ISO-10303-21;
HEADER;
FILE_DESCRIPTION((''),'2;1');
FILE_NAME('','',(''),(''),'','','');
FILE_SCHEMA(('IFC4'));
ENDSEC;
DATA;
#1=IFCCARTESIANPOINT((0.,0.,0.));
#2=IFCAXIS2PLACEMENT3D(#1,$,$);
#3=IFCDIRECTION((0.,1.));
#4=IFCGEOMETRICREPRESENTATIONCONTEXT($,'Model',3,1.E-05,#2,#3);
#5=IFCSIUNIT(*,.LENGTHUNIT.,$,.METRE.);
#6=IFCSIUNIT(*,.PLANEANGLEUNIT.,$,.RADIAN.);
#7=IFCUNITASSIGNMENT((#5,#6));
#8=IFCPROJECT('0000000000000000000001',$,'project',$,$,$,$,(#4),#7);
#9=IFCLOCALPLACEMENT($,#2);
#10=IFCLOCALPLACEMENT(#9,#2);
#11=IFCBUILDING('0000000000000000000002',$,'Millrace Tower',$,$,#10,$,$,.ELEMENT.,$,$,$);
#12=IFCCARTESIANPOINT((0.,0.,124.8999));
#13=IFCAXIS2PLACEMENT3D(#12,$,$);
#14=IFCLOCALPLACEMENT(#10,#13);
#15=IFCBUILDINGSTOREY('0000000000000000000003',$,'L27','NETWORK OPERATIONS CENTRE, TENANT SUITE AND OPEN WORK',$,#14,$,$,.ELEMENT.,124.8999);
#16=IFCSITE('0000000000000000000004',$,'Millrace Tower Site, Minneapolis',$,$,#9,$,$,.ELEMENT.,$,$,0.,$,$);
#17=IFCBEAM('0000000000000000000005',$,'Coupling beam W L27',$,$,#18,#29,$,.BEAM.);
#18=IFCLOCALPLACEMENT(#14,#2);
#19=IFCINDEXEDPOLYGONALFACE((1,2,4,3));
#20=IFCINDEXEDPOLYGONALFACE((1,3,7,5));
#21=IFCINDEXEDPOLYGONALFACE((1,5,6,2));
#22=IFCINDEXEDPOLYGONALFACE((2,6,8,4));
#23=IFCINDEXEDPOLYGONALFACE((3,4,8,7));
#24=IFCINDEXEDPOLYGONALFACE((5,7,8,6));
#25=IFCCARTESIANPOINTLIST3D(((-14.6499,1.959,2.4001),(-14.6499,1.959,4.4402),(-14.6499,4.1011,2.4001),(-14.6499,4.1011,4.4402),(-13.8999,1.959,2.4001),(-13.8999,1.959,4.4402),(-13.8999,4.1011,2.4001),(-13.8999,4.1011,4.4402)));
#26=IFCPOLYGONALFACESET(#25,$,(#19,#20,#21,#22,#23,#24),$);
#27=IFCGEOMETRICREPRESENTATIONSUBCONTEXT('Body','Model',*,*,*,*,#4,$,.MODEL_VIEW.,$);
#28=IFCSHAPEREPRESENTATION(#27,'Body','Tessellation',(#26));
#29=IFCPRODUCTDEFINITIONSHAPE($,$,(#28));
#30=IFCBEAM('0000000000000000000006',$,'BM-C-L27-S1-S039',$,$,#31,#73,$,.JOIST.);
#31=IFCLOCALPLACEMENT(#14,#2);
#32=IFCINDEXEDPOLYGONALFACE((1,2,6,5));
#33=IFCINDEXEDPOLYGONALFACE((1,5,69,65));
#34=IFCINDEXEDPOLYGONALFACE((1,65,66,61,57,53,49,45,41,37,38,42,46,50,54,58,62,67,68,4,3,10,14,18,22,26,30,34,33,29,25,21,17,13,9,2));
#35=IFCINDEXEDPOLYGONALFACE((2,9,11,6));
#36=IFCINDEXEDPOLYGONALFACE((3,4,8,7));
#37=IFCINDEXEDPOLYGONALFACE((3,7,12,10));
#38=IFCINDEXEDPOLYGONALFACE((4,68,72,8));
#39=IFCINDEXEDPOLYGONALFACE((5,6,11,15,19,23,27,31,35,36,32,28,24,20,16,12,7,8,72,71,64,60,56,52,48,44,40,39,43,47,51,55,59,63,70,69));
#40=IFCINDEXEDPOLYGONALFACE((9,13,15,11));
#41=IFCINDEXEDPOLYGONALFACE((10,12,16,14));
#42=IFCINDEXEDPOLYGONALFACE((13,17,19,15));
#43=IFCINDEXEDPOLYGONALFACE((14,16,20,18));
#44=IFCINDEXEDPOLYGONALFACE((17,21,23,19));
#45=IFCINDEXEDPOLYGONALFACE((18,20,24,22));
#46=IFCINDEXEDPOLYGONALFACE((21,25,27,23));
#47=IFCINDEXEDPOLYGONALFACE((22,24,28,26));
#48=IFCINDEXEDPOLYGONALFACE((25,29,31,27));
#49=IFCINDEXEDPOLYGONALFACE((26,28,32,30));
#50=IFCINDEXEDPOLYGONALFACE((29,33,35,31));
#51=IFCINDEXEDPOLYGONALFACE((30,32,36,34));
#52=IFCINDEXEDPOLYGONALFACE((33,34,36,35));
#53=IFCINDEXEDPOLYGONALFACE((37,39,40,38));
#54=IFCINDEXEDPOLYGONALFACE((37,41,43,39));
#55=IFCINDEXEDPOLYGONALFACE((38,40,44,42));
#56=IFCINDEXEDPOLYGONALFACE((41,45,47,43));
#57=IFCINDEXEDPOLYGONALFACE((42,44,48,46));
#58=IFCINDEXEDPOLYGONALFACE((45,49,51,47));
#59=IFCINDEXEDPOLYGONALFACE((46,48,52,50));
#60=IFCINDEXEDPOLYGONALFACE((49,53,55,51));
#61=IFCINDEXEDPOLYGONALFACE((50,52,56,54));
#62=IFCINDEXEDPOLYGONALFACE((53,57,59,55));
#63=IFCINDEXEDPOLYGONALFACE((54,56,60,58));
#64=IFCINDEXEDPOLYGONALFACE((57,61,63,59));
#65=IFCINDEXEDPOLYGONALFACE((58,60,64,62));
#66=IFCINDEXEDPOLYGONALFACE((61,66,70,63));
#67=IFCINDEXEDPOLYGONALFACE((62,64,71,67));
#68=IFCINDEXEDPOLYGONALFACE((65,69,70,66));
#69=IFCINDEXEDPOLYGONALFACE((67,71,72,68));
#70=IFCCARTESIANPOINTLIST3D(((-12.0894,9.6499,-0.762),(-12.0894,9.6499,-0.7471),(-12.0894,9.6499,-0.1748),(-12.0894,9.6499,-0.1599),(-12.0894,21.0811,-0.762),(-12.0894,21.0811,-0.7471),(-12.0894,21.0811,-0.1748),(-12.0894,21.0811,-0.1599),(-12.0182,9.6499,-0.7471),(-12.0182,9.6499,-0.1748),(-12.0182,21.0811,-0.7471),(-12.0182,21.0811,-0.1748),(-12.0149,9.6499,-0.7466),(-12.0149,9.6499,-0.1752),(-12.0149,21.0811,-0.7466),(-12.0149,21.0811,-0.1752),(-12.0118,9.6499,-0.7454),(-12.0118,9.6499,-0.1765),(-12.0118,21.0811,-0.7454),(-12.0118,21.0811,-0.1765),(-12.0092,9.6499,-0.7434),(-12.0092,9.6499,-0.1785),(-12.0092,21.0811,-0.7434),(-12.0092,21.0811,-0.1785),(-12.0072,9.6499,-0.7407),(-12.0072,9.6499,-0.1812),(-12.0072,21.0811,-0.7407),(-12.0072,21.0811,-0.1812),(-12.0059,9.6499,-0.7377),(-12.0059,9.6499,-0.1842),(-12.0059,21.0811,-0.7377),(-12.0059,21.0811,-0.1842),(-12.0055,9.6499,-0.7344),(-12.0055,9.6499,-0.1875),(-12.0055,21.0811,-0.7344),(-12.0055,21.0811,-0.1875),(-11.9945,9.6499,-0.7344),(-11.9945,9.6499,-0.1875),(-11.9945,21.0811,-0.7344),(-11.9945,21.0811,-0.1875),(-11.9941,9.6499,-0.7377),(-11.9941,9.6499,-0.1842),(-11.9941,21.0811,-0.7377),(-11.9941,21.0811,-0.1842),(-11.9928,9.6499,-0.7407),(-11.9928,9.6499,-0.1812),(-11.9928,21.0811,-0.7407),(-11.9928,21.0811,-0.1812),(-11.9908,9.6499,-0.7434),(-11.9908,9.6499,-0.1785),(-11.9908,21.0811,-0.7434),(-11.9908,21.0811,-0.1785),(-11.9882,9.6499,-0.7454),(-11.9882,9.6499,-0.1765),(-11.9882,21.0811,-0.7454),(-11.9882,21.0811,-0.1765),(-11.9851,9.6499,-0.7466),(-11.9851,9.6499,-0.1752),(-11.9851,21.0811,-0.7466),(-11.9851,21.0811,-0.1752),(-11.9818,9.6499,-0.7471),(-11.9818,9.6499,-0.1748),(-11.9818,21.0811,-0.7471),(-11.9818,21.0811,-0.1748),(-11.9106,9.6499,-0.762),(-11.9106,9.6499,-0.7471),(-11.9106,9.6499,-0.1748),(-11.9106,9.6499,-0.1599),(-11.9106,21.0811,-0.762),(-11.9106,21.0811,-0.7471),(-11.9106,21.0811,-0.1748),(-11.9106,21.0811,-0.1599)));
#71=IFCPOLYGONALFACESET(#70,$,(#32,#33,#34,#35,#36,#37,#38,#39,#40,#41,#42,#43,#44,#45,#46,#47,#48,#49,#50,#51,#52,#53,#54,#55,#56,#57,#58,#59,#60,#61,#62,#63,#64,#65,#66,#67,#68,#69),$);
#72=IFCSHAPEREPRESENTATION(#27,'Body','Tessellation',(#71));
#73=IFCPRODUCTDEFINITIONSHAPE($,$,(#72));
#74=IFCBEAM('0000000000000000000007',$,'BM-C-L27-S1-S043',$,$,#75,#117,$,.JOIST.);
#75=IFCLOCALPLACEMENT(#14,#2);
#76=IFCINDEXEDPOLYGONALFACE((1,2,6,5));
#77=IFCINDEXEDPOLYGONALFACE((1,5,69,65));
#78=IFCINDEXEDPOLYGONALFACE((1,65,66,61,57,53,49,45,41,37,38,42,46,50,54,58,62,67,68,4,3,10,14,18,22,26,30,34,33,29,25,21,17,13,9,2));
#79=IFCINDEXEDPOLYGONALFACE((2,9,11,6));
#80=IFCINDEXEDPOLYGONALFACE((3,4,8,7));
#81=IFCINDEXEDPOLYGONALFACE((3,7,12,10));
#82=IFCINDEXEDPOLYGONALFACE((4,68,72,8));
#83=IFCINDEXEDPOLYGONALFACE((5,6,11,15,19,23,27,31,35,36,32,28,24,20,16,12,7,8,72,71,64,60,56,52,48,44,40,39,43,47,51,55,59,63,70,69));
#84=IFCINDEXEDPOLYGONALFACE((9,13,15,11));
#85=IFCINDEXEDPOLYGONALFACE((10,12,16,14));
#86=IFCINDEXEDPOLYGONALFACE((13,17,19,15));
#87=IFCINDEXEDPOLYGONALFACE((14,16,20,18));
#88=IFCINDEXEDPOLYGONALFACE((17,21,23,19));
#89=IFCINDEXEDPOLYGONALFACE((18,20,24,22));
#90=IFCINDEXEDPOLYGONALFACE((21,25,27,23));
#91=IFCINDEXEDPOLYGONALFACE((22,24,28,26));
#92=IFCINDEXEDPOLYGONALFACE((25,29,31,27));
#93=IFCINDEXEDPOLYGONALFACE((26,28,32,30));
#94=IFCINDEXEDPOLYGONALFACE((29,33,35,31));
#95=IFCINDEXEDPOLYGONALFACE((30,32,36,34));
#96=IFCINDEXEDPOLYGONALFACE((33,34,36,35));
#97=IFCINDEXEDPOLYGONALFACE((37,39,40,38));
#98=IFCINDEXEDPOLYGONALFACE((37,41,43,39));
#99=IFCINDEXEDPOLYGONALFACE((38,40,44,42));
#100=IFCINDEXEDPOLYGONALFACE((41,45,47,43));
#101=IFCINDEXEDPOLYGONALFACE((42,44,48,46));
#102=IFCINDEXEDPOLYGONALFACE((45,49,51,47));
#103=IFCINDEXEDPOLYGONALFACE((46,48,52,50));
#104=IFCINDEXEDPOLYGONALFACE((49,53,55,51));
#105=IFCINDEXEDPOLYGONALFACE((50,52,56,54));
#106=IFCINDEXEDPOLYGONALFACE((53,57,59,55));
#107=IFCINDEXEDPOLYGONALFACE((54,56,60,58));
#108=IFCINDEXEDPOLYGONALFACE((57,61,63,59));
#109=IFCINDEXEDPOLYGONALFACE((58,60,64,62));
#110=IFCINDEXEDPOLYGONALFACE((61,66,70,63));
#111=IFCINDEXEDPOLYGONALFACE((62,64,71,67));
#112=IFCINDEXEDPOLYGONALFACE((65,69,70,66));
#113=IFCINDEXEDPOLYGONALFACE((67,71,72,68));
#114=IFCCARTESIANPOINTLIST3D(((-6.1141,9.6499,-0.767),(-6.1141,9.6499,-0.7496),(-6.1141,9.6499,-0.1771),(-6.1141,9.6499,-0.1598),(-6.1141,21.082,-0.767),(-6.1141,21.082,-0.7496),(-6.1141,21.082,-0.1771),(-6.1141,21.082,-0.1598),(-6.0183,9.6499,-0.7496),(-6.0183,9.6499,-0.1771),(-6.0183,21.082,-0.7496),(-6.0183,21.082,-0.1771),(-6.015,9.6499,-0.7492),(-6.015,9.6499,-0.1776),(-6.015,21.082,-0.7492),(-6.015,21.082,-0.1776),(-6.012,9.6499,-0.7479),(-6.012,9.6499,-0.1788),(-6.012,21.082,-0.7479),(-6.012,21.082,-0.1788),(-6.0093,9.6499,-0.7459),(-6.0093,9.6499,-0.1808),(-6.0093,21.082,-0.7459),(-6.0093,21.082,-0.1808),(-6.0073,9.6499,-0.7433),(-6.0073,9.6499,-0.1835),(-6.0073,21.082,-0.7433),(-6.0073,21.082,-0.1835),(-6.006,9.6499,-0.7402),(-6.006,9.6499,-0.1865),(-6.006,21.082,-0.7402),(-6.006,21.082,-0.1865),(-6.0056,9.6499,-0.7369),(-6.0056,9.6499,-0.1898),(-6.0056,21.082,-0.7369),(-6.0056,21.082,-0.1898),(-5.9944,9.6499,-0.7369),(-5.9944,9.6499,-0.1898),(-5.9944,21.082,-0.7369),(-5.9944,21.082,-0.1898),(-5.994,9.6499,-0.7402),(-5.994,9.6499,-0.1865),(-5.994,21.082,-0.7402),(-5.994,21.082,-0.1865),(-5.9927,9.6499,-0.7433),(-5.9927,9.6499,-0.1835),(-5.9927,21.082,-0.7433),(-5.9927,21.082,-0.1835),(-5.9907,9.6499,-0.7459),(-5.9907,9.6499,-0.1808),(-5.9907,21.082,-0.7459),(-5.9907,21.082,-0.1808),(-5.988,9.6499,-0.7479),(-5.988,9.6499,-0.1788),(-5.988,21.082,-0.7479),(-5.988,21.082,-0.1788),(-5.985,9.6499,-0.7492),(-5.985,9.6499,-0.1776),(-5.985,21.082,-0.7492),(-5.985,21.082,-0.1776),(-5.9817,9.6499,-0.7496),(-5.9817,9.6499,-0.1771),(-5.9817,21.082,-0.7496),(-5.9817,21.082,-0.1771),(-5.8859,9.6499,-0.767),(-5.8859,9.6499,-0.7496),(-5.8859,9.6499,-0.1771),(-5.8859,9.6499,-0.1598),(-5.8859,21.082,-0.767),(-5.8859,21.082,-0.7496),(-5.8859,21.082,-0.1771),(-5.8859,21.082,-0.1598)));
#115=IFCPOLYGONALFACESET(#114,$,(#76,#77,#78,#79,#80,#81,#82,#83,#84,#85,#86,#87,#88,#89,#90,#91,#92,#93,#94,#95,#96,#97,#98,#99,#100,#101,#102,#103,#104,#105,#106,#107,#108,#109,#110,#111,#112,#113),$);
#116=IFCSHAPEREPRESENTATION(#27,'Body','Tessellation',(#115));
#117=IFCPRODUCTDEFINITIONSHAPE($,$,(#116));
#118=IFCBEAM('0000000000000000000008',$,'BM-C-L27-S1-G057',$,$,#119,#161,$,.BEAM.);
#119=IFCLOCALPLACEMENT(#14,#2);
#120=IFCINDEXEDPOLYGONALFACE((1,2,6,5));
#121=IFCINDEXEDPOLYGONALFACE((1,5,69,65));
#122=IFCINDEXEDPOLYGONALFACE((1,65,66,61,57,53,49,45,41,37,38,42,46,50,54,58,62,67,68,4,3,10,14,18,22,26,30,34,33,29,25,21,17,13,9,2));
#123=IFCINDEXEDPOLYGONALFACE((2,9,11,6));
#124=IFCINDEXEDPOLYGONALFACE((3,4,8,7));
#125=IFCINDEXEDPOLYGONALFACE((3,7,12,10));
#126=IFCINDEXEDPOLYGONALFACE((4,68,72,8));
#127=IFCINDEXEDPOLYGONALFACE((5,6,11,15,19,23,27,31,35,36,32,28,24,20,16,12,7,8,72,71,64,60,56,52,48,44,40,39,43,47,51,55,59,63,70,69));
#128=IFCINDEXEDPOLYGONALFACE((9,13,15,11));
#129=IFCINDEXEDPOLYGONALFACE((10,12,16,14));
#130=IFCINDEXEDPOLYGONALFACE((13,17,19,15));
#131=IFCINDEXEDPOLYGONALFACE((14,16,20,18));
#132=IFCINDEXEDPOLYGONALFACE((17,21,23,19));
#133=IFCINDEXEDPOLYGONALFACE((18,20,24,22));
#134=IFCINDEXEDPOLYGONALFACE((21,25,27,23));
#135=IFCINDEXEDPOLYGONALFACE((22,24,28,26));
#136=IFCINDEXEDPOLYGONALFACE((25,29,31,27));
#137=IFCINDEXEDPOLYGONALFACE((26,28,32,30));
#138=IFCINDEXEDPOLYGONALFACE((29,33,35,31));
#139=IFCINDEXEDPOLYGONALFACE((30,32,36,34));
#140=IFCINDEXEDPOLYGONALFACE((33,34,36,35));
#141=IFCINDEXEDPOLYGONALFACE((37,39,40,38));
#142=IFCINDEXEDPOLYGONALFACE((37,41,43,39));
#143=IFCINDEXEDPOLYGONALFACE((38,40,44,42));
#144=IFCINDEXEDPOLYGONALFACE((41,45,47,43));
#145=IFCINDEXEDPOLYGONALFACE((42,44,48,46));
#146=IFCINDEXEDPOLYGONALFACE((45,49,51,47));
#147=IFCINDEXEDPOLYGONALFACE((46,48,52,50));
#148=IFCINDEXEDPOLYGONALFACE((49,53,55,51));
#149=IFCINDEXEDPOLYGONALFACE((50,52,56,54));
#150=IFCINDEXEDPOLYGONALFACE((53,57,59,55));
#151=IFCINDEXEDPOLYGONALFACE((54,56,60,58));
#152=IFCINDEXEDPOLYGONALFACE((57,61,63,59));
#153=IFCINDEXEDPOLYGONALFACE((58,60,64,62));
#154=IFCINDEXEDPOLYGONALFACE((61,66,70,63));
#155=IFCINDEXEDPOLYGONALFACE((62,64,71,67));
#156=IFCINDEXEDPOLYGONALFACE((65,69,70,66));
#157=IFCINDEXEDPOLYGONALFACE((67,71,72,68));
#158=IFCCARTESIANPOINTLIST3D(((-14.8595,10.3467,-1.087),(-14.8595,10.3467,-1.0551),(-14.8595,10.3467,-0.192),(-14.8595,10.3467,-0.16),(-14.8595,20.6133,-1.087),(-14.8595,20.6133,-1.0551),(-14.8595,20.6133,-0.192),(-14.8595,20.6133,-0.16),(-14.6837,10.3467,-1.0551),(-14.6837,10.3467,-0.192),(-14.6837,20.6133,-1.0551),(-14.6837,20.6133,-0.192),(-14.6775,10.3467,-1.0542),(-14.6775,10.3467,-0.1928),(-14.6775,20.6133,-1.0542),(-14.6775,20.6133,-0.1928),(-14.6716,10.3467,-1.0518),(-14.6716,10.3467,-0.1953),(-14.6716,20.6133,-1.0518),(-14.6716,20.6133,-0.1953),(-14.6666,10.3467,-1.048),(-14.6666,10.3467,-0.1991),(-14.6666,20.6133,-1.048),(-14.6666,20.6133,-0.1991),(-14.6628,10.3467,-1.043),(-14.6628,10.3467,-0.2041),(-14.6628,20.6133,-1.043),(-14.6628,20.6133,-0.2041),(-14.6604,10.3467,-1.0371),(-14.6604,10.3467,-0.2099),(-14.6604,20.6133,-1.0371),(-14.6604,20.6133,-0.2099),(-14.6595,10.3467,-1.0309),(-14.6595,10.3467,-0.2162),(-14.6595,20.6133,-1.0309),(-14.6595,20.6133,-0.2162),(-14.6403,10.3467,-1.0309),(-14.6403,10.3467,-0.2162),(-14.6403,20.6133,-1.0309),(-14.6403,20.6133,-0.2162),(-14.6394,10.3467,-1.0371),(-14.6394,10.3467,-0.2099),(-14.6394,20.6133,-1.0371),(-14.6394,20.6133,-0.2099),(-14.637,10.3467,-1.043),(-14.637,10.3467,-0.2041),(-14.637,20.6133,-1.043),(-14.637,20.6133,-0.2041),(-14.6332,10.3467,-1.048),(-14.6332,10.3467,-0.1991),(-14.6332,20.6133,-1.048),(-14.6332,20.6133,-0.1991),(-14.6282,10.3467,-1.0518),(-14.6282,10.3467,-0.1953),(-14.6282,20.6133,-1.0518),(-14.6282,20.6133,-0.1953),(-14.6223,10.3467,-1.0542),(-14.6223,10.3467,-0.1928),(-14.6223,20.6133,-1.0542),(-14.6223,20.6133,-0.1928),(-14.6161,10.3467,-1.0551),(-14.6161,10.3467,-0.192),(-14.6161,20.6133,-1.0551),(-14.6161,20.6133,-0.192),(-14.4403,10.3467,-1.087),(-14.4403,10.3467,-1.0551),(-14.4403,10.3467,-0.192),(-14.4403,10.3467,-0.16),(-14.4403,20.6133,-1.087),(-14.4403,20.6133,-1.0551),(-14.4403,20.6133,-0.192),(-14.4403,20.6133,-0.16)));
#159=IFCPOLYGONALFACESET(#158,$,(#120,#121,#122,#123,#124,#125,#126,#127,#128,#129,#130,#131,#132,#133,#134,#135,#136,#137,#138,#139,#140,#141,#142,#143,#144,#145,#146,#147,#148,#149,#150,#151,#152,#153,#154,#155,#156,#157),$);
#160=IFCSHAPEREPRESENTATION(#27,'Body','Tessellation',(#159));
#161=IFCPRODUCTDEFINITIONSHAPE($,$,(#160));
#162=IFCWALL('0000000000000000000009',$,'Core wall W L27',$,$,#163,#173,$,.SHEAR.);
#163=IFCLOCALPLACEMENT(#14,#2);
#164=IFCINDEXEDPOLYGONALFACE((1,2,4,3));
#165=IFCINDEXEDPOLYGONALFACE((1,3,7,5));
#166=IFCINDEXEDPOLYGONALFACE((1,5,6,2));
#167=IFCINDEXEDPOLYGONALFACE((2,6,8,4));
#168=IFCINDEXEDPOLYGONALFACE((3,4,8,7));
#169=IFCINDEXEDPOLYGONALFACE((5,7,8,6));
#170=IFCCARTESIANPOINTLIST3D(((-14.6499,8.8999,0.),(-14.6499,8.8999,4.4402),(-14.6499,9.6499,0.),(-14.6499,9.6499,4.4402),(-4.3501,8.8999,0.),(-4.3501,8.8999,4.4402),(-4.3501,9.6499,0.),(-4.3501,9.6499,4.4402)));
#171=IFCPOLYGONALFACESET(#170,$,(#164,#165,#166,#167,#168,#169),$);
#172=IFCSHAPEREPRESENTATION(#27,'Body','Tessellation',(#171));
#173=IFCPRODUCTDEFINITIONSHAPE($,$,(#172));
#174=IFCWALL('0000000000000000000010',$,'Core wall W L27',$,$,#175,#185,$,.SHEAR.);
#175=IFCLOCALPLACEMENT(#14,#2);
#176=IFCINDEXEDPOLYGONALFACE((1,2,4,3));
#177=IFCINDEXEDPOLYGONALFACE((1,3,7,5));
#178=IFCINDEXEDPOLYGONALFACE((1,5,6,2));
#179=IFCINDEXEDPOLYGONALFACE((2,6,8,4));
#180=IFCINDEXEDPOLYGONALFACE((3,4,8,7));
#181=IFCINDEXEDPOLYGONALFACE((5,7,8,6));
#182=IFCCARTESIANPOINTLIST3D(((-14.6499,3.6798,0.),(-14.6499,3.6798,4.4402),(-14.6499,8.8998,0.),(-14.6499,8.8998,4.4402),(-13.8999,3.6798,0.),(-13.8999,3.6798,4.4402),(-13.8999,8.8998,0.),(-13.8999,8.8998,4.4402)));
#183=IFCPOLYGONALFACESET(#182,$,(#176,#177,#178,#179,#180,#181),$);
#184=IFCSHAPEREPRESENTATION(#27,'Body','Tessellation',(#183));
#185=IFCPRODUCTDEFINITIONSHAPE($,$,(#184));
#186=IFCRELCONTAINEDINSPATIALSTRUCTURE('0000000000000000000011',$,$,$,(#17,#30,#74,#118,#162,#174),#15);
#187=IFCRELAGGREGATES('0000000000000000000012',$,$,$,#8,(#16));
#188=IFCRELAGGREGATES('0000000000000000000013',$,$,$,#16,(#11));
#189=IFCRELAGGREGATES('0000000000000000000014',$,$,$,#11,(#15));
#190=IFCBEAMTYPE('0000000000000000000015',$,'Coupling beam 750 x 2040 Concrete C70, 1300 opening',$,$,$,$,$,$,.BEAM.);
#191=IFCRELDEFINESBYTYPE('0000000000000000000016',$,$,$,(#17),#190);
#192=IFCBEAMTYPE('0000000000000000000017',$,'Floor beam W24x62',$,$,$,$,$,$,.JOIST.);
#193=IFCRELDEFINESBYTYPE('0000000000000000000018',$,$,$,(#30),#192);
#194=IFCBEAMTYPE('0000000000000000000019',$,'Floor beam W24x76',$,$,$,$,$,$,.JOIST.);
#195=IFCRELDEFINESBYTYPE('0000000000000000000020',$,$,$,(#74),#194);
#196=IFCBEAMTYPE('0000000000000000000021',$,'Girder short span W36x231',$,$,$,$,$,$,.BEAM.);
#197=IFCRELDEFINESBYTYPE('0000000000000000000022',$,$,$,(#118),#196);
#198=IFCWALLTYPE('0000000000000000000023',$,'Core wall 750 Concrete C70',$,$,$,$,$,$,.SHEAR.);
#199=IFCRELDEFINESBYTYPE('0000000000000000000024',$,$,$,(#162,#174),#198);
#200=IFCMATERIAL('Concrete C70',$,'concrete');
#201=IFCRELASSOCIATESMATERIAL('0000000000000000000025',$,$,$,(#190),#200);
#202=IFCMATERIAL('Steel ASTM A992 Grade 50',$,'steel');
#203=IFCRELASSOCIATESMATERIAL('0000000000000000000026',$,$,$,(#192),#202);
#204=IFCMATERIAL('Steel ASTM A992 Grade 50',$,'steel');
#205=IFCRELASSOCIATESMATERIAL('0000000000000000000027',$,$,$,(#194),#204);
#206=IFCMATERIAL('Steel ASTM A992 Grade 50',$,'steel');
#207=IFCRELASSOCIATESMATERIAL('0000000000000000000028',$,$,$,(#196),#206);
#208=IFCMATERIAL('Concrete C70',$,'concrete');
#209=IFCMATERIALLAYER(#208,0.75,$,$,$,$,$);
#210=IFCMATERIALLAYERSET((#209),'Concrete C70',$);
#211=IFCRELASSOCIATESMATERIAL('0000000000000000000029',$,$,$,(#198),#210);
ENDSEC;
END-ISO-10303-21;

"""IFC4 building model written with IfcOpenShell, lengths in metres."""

from ifc_helpers import new_model, si_unit, direction, frame, frame_2d, origin, origin_2d, place, context, subcontext, project, spatial, rectangle, i_section, extrude, material, layer, layer_set, material_profile, profile_set, type_object, element, save


model = new_model("IFC4")

# Units and contexts
model_context = context("Model", 3, precision=1e-05, world=origin(), true_north=direction((0.0, 1.0)))
body_context = subcontext(model_context, "Body", "Model", "MODEL_VIEW")
ifc_project = project(units=[si_unit("LENGTHUNIT", "METRE"), si_unit("PLANEANGLEUNIT", "RADIAN")], contexts=[model_context])

# Site, building, storey
site_placement = place(None, origin())
site = spatial("IfcSite", under=ifc_project, at=site_placement, Name="Millrace Tower Site, Minneapolis", CompositionType="ELEMENT", RefElevation=0.0)
building_placement = place(site_placement, origin())
building = spatial("IfcBuilding", under=site, at=building_placement, Name="Millrace Tower", CompositionType="ELEMENT")
storey_placement = place(building_placement, frame((0.0, 0.0, 124.8999)))
storey = spatial("IfcBuildingStorey", under=building, at=storey_placement, Name="L27", Description="NETWORK OPERATIONS CENTRE, TENANT SUITE AND OPEN WORK", CompositionType="ELEMENT", Elevation=124.8999)

# Beams
ifc_material_1 = material(Name="Concrete C70", Category="concrete")
ifc_material_profile_1 = material_profile(ifc_material_1, rectangle(XDim=0.75, YDim=2.04, at=origin_2d()))
ifc_profile_set_1 = profile_set([ifc_material_profile_1], Name="Concrete C70")
beam_type_1 = type_object("IfcBeamType", Name="Coupling beam 750 x 2040 Concrete C70, 1300 opening", PredefinedType="BEAM", material=ifc_profile_set_1)
beam_1_placement = place(storey_placement, frame((-14.2749, 1.959, 3.4202), z_axis=(0.0, 1.0, 0.0), x_axis=(-1.0, 0.0, 0.0)))
element("IfcBeam", 1, at=beam_1_placement, inside=storey, type_object=beam_type_1, Name="Coupling beam W L27", PredefinedType="BEAM", context=body_context, shape_type="SweptSolid", body=[
    extrude(rectangle(XDim=0.75, YDim=2.04, at=origin_2d()), origin(), (0.0, 0.0, 1.0), 2.1421),
])
ifc_material_2 = material(Name="Steel ASTM A992 Grade 50", Category="steel")
ifc_material_profile_2 = material_profile(ifc_material_2, i_section(OverallWidth=0.1787, OverallDepth=0.6021, WebThickness=0.011, FlangeThickness=0.0149, FilletRadius=0.0127, at=origin_2d()))
ifc_profile_set_2 = profile_set([ifc_material_profile_2], Name="Steel ASTM A992 Grade 50")
beam_type_2 = type_object("IfcBeamType", Name="Floor beam W24x62", PredefinedType="JOIST", material=ifc_profile_set_2)
beam_2_placement = place(storey_placement, frame((-12.0, 9.6499, -0.4609), z_axis=(0.0, 1.0, 0.0), x_axis=(-1.0, 0.0, 0.0)))
element("IfcBeam", 2, at=beam_2_placement, inside=storey, type_object=beam_type_2, Name="BM-C-L27-S1-S039", PredefinedType="JOIST", context=body_context, shape_type="SweptSolid", body=[
    extrude(i_section(OverallWidth=0.1787, OverallDepth=0.6021, WebThickness=0.011, FlangeThickness=0.0149, FilletRadius=0.0127, at=origin_2d()), origin(), (0.0, 0.0, 1.0), 11.4312),
])
ifc_material_3 = material(Name="Steel ASTM A992 Grade 50", Category="steel")
ifc_material_profile_3 = material_profile(ifc_material_3, i_section(OverallWidth=0.2283, OverallDepth=0.6072, WebThickness=0.0112, FlangeThickness=0.0173, FilletRadius=0.0127, at=origin_2d()))
ifc_profile_set_3 = profile_set([ifc_material_profile_3], Name="Steel ASTM A992 Grade 50")
beam_type_3 = type_object("IfcBeamType", Name="Floor beam W24x76", PredefinedType="JOIST", material=ifc_profile_set_3)
beam_3_placement = place(storey_placement, frame((-6.0, 9.6499, -0.4634), z_axis=(0.0, 1.0, 0.0), x_axis=(-1.0, 0.0, 0.0)))
element("IfcBeam", 3, at=beam_3_placement, inside=storey, type_object=beam_type_3, Name="BM-C-L27-S1-S043", PredefinedType="JOIST", context=body_context, shape_type="SweptSolid", body=[
    extrude(i_section(OverallWidth=0.2283, OverallDepth=0.6072, WebThickness=0.0112, FlangeThickness=0.0173, FilletRadius=0.0127, at=origin_2d()), origin(), (0.0, 0.0, 1.0), 11.4321),
])
ifc_material_4 = material(Name="Steel ASTM A992 Grade 50", Category="steel")
ifc_material_profile_4 = material_profile(ifc_material_4, i_section(OverallWidth=0.4192, OverallDepth=0.927, WebThickness=0.0193, FlangeThickness=0.032, FilletRadius=0.0242, at=origin_2d()))
ifc_profile_set_4 = profile_set([ifc_material_profile_4], Name="Steel ASTM A992 Grade 50")
beam_type_4 = type_object("IfcBeamType", Name="Girder short span W36x231", PredefinedType="BEAM", material=ifc_profile_set_4)
beam_4_placement = place(storey_placement, frame((-14.6499, 10.3467, -0.6235), z_axis=(0.0, 1.0, 0.0), x_axis=(-1.0, 0.0, 0.0)))
element("IfcBeam", 4, at=beam_4_placement, inside=storey, type_object=beam_type_4, Name="BM-C-L27-S1-G057", PredefinedType="BEAM", context=body_context, shape_type="SweptSolid", body=[
    extrude(i_section(OverallWidth=0.4192, OverallDepth=0.927, WebThickness=0.0193, FlangeThickness=0.032, FilletRadius=0.0242, at=origin_2d()), origin(), (0.0, 0.0, 1.0), 10.2666),
])

# Walls
ifc_material_5 = material(Name="Concrete C70", Category="concrete")
ifc_layer_1 = layer(ifc_material_5, 0.75)
ifc_layer_set_1 = layer_set([ifc_layer_1], Name="Concrete C70")
wall_type_1 = type_object("IfcWallType", Name="Core wall 750 Concrete C70", PredefinedType="SHEAR", material=ifc_layer_set_1)
wall_1_placement = place(storey_placement, frame((-14.6499, 9.2749, 0.0), z_axis=(0.0, 0.0, 1.0), x_axis=(1.0, 0.0, 0.0)))
element("IfcWall", 5, at=wall_1_placement, inside=storey, type_object=wall_type_1, Name="Core wall W L27", PredefinedType="SHEAR", context=body_context, shape_type="SweptSolid", body=[
    extrude(rectangle(XDim=10.2998, YDim=0.75, at=frame_2d((5.1499, 0.0))), origin(), (0.0, 0.0, 1.0), 4.4402),
])
wall_2_placement = place(storey_placement, frame((-14.2749, 3.6799, 0.0), z_axis=(0.0, 0.0, 1.0), x_axis=(0.0, 1.0, 0.0)))
element("IfcWall", 6, at=wall_2_placement, inside=storey, type_object=wall_type_1, Name="Core wall W L27", PredefinedType="SHEAR", context=body_context, shape_type="SweptSolid", body=[
    extrude(rectangle(XDim=5.22, YDim=0.75, at=frame_2d((2.6099, 0.0))), origin(), (0.0, 0.0, 1.0), 4.4402),
])

save(model, "model.ifc")
